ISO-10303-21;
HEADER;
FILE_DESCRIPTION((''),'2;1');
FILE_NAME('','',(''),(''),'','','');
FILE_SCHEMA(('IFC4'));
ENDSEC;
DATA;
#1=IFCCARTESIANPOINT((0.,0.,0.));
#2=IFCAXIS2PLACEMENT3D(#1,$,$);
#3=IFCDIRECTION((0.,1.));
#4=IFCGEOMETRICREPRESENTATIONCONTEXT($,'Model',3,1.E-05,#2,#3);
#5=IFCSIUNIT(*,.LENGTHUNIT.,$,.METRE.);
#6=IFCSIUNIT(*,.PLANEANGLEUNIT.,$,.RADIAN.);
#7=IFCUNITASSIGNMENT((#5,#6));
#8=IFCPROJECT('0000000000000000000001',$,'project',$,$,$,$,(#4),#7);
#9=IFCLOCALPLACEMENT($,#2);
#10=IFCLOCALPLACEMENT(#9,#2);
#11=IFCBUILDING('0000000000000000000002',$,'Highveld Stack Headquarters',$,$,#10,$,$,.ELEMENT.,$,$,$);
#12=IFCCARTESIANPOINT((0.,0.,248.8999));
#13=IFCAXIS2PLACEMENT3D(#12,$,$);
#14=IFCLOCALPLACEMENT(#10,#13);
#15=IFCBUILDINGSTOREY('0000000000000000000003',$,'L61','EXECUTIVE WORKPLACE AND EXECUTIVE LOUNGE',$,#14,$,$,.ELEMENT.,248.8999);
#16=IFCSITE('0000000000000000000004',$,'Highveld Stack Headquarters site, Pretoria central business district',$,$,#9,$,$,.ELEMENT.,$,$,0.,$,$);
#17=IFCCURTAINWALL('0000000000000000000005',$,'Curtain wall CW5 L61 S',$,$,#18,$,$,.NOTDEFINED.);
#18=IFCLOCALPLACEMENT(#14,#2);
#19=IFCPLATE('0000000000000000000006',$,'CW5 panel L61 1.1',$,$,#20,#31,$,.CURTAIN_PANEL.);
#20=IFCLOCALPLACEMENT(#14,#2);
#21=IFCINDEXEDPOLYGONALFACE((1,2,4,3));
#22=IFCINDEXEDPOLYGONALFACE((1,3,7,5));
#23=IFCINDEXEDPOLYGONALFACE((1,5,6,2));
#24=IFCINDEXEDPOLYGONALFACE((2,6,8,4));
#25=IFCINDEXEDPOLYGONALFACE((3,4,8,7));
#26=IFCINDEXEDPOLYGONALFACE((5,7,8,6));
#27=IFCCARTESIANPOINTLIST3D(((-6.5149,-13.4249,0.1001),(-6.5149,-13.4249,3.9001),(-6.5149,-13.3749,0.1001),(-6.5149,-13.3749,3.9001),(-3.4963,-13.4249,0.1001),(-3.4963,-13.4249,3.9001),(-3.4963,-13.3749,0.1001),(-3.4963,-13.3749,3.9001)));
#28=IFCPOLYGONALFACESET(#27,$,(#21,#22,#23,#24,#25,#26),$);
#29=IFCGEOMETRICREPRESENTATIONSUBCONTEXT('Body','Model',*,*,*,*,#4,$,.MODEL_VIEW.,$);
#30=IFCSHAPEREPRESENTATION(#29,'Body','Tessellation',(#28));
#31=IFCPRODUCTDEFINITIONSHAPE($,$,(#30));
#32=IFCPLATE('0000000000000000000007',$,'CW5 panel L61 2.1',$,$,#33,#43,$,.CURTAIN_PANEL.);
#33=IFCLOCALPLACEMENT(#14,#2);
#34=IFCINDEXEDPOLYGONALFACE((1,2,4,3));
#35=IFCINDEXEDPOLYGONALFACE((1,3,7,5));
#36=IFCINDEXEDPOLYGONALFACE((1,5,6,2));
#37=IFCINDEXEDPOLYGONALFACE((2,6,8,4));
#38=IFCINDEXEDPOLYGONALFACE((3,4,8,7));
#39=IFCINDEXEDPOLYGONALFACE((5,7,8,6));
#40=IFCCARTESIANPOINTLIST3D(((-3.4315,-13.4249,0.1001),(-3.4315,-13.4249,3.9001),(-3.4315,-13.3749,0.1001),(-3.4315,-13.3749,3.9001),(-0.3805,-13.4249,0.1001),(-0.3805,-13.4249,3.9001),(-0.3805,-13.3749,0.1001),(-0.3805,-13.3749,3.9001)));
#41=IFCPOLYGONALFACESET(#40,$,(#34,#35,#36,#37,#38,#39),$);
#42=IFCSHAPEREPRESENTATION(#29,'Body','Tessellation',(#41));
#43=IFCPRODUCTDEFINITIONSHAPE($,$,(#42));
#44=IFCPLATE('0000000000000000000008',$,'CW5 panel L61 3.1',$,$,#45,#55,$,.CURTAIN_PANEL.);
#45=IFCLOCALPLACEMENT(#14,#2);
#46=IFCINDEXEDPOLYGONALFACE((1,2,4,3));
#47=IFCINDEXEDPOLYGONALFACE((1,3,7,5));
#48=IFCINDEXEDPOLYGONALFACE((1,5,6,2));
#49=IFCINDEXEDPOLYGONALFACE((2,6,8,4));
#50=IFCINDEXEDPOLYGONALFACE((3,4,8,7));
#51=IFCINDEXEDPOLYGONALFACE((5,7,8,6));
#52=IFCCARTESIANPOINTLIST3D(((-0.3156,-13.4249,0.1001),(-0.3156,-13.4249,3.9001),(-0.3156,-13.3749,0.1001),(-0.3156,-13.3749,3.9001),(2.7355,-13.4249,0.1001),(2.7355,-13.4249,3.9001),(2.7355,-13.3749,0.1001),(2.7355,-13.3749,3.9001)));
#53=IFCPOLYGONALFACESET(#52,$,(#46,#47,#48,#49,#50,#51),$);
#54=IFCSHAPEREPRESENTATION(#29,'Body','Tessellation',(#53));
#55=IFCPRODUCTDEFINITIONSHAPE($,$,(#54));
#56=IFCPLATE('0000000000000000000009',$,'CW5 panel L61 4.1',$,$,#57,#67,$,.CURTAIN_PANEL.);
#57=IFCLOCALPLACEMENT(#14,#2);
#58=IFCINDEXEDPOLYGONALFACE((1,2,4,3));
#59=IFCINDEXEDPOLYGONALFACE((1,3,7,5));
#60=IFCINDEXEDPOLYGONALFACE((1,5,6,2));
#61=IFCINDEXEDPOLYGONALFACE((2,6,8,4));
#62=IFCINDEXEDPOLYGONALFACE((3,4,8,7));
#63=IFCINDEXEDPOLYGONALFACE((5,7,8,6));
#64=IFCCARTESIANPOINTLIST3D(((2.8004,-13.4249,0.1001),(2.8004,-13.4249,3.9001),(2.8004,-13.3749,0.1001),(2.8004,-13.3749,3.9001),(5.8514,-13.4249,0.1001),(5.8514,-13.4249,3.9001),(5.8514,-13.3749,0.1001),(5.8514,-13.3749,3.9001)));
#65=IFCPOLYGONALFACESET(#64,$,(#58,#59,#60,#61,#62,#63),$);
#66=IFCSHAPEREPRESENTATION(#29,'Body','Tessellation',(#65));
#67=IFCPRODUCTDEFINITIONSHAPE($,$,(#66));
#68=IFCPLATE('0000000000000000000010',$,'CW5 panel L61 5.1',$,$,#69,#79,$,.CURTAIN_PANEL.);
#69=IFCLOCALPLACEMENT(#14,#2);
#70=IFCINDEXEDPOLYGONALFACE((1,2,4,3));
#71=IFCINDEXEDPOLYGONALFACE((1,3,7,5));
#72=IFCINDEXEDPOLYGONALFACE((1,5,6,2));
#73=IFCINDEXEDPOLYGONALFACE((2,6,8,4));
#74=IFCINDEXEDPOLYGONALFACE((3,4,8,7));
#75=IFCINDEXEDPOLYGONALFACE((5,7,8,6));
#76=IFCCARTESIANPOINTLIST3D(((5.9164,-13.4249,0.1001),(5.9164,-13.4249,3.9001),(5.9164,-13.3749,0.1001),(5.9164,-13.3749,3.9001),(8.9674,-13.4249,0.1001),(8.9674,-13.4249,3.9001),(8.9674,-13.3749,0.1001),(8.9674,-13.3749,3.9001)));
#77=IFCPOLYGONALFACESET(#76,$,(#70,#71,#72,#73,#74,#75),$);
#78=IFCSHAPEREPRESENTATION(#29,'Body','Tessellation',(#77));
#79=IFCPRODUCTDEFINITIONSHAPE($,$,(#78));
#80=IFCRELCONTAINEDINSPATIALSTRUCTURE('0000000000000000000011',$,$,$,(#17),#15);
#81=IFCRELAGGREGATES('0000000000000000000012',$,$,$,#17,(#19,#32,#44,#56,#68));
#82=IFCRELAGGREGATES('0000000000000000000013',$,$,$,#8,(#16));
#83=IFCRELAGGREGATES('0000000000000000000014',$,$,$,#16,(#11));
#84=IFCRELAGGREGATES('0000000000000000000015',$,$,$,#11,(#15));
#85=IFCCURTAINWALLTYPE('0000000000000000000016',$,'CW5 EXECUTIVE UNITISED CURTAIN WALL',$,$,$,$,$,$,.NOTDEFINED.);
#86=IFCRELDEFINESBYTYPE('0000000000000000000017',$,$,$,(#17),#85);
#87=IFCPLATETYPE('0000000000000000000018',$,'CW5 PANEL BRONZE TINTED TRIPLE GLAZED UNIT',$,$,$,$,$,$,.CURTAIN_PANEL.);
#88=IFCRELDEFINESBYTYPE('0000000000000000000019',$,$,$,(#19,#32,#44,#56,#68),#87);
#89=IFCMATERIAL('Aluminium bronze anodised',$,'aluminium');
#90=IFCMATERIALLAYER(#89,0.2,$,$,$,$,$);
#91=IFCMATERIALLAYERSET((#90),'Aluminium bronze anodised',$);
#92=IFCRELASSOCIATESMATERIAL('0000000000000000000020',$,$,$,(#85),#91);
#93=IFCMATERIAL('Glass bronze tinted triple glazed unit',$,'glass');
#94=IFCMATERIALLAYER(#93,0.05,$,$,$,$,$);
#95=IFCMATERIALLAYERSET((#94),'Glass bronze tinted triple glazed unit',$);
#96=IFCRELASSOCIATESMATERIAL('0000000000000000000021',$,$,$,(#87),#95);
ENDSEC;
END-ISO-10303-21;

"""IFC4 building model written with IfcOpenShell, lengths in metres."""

from ifc_helpers import new_model, si_unit, direction, frame, origin, origin_2d, place, context, subcontext, project, spatial, rectangle, extrude, material, layer, layer_set, type_object, element, aggregate, save


model = new_model("IFC4")

# Units and contexts
model_context = context("Model", 3, precision=1e-05, world=origin(), true_north=direction((0.0, 1.0)))
body_context = subcontext(model_context, "Body", "Model", "MODEL_VIEW")
ifc_project = project(units=[si_unit("LENGTHUNIT", "METRE"), si_unit("PLANEANGLEUNIT", "RADIAN")], contexts=[model_context])

# Site, building, storey
site_placement = place(None, origin())
site = spatial("IfcSite", under=ifc_project, at=site_placement, Name="Highveld Stack Headquarters site, Pretoria central business district", CompositionType="ELEMENT", RefElevation=0.0)
building_placement = place(site_placement, origin())
building = spatial("IfcBuilding", under=site, at=building_placement, Name="Highveld Stack Headquarters", CompositionType="ELEMENT")
storey_placement = place(building_placement, frame((0.0, 0.0, 248.8999)))
storey = spatial("IfcBuildingStorey", under=building, at=storey_placement, Name="L61", Description="EXECUTIVE WORKPLACE AND EXECUTIVE LOUNGE", CompositionType="ELEMENT", Elevation=248.8999)

# Curtain wall, plates
ifc_material_1 = material(Name="Aluminium bronze anodised", Category="aluminium")
ifc_layer_1 = layer(ifc_material_1, 0.2)
ifc_layer_set_1 = layer_set([ifc_layer_1], Name="Aluminium bronze anodised")
curtain_wall_type = type_object("IfcCurtainWallType", Name="CW5 EXECUTIVE UNITISED CURTAIN WALL", PredefinedType="NOTDEFINED", material=ifc_layer_set_1)
curtain_wall_placement = place(storey_placement, origin())
curtain_wall = element("IfcCurtainWall", 1, at=curtain_wall_placement, inside=storey, type_object=curtain_wall_type, Name="Curtain wall CW5 L61 S", PredefinedType="NOTDEFINED")
ifc_material_2 = material(Name="Glass bronze tinted triple glazed unit", Category="glass")
ifc_layer_2 = layer(ifc_material_2, 0.05)
ifc_layer_set_2 = layer_set([ifc_layer_2], Name="Glass bronze tinted triple glazed unit")
plate_type = type_object("IfcPlateType", Name="CW5 PANEL BRONZE TINTED TRIPLE GLAZED UNIT", PredefinedType="CURTAIN_PANEL", material=ifc_layer_set_2)
plate_1_placement = place(storey_placement, frame((-5.0056, -13.3999, 0.1001), z_axis=(0.0, 0.0, 1.0), x_axis=(1.0, 0.0, 0.0)))
plate_1 = element("IfcPlate", 2, at=plate_1_placement, type_object=plate_type, Name="CW5 panel L61 1.1", PredefinedType="CURTAIN_PANEL", context=body_context, shape_type="SweptSolid", body=[
    extrude(rectangle(XDim=3.0186, YDim=0.05, at=origin_2d()), origin(), (0.0, 0.0, 1.0), 3.8),
])
plate_2_placement = place(storey_placement, frame((-1.906, -13.3999, 0.1001), z_axis=(0.0, 0.0, 1.0), x_axis=(1.0, 0.0, 0.0)))
plate_2 = element("IfcPlate", 3, at=plate_2_placement, type_object=plate_type, Name="CW5 panel L61 2.1", PredefinedType="CURTAIN_PANEL", context=body_context, shape_type="SweptSolid", body=[
    extrude(rectangle(XDim=3.051, YDim=0.05, at=origin_2d()), origin(), (0.0, 0.0, 1.0), 3.8),
])
plate_3_placement = place(storey_placement, frame((1.21, -13.3999, 0.1001), z_axis=(0.0, 0.0, 1.0), x_axis=(1.0, 0.0, 0.0)))
plate_3 = element("IfcPlate", 4, at=plate_3_placement, type_object=plate_type, Name="CW5 panel L61 3.1", PredefinedType="CURTAIN_PANEL", context=body_context, shape_type="SweptSolid", body=[
    extrude(rectangle(XDim=3.051, YDim=0.05, at=origin_2d()), origin(), (0.0, 0.0, 1.0), 3.8),
])
plate_4_placement = place(storey_placement, frame((4.3259, -13.3999, 0.1001), z_axis=(0.0, 0.0, 1.0), x_axis=(1.0, 0.0, 0.0)))
plate_4 = element("IfcPlate", 5, at=plate_4_placement, type_object=plate_type, Name="CW5 panel L61 4.1", PredefinedType="CURTAIN_PANEL", context=body_context, shape_type="SweptSolid", body=[
    extrude(rectangle(XDim=3.051, YDim=0.05, at=origin_2d()), origin(), (0.0, 0.0, 1.0), 3.8),
])
plate_5_placement = place(storey_placement, frame((7.4419, -13.3999, 0.1001), z_axis=(0.0, 0.0, 1.0), x_axis=(1.0, 0.0, 0.0)))
plate_5 = element("IfcPlate", 6, at=plate_5_placement, type_object=plate_type, Name="CW5 panel L61 5.1", PredefinedType="CURTAIN_PANEL", context=body_context, shape_type="SweptSolid", body=[
    extrude(rectangle(XDim=3.051, YDim=0.05, at=origin_2d()), origin(), (0.0, 0.0, 1.0), 3.8),
])
aggregate(curtain_wall, [plate_1, plate_2, plate_3, plate_4, plate_5])

save(model, "model.ifc")
